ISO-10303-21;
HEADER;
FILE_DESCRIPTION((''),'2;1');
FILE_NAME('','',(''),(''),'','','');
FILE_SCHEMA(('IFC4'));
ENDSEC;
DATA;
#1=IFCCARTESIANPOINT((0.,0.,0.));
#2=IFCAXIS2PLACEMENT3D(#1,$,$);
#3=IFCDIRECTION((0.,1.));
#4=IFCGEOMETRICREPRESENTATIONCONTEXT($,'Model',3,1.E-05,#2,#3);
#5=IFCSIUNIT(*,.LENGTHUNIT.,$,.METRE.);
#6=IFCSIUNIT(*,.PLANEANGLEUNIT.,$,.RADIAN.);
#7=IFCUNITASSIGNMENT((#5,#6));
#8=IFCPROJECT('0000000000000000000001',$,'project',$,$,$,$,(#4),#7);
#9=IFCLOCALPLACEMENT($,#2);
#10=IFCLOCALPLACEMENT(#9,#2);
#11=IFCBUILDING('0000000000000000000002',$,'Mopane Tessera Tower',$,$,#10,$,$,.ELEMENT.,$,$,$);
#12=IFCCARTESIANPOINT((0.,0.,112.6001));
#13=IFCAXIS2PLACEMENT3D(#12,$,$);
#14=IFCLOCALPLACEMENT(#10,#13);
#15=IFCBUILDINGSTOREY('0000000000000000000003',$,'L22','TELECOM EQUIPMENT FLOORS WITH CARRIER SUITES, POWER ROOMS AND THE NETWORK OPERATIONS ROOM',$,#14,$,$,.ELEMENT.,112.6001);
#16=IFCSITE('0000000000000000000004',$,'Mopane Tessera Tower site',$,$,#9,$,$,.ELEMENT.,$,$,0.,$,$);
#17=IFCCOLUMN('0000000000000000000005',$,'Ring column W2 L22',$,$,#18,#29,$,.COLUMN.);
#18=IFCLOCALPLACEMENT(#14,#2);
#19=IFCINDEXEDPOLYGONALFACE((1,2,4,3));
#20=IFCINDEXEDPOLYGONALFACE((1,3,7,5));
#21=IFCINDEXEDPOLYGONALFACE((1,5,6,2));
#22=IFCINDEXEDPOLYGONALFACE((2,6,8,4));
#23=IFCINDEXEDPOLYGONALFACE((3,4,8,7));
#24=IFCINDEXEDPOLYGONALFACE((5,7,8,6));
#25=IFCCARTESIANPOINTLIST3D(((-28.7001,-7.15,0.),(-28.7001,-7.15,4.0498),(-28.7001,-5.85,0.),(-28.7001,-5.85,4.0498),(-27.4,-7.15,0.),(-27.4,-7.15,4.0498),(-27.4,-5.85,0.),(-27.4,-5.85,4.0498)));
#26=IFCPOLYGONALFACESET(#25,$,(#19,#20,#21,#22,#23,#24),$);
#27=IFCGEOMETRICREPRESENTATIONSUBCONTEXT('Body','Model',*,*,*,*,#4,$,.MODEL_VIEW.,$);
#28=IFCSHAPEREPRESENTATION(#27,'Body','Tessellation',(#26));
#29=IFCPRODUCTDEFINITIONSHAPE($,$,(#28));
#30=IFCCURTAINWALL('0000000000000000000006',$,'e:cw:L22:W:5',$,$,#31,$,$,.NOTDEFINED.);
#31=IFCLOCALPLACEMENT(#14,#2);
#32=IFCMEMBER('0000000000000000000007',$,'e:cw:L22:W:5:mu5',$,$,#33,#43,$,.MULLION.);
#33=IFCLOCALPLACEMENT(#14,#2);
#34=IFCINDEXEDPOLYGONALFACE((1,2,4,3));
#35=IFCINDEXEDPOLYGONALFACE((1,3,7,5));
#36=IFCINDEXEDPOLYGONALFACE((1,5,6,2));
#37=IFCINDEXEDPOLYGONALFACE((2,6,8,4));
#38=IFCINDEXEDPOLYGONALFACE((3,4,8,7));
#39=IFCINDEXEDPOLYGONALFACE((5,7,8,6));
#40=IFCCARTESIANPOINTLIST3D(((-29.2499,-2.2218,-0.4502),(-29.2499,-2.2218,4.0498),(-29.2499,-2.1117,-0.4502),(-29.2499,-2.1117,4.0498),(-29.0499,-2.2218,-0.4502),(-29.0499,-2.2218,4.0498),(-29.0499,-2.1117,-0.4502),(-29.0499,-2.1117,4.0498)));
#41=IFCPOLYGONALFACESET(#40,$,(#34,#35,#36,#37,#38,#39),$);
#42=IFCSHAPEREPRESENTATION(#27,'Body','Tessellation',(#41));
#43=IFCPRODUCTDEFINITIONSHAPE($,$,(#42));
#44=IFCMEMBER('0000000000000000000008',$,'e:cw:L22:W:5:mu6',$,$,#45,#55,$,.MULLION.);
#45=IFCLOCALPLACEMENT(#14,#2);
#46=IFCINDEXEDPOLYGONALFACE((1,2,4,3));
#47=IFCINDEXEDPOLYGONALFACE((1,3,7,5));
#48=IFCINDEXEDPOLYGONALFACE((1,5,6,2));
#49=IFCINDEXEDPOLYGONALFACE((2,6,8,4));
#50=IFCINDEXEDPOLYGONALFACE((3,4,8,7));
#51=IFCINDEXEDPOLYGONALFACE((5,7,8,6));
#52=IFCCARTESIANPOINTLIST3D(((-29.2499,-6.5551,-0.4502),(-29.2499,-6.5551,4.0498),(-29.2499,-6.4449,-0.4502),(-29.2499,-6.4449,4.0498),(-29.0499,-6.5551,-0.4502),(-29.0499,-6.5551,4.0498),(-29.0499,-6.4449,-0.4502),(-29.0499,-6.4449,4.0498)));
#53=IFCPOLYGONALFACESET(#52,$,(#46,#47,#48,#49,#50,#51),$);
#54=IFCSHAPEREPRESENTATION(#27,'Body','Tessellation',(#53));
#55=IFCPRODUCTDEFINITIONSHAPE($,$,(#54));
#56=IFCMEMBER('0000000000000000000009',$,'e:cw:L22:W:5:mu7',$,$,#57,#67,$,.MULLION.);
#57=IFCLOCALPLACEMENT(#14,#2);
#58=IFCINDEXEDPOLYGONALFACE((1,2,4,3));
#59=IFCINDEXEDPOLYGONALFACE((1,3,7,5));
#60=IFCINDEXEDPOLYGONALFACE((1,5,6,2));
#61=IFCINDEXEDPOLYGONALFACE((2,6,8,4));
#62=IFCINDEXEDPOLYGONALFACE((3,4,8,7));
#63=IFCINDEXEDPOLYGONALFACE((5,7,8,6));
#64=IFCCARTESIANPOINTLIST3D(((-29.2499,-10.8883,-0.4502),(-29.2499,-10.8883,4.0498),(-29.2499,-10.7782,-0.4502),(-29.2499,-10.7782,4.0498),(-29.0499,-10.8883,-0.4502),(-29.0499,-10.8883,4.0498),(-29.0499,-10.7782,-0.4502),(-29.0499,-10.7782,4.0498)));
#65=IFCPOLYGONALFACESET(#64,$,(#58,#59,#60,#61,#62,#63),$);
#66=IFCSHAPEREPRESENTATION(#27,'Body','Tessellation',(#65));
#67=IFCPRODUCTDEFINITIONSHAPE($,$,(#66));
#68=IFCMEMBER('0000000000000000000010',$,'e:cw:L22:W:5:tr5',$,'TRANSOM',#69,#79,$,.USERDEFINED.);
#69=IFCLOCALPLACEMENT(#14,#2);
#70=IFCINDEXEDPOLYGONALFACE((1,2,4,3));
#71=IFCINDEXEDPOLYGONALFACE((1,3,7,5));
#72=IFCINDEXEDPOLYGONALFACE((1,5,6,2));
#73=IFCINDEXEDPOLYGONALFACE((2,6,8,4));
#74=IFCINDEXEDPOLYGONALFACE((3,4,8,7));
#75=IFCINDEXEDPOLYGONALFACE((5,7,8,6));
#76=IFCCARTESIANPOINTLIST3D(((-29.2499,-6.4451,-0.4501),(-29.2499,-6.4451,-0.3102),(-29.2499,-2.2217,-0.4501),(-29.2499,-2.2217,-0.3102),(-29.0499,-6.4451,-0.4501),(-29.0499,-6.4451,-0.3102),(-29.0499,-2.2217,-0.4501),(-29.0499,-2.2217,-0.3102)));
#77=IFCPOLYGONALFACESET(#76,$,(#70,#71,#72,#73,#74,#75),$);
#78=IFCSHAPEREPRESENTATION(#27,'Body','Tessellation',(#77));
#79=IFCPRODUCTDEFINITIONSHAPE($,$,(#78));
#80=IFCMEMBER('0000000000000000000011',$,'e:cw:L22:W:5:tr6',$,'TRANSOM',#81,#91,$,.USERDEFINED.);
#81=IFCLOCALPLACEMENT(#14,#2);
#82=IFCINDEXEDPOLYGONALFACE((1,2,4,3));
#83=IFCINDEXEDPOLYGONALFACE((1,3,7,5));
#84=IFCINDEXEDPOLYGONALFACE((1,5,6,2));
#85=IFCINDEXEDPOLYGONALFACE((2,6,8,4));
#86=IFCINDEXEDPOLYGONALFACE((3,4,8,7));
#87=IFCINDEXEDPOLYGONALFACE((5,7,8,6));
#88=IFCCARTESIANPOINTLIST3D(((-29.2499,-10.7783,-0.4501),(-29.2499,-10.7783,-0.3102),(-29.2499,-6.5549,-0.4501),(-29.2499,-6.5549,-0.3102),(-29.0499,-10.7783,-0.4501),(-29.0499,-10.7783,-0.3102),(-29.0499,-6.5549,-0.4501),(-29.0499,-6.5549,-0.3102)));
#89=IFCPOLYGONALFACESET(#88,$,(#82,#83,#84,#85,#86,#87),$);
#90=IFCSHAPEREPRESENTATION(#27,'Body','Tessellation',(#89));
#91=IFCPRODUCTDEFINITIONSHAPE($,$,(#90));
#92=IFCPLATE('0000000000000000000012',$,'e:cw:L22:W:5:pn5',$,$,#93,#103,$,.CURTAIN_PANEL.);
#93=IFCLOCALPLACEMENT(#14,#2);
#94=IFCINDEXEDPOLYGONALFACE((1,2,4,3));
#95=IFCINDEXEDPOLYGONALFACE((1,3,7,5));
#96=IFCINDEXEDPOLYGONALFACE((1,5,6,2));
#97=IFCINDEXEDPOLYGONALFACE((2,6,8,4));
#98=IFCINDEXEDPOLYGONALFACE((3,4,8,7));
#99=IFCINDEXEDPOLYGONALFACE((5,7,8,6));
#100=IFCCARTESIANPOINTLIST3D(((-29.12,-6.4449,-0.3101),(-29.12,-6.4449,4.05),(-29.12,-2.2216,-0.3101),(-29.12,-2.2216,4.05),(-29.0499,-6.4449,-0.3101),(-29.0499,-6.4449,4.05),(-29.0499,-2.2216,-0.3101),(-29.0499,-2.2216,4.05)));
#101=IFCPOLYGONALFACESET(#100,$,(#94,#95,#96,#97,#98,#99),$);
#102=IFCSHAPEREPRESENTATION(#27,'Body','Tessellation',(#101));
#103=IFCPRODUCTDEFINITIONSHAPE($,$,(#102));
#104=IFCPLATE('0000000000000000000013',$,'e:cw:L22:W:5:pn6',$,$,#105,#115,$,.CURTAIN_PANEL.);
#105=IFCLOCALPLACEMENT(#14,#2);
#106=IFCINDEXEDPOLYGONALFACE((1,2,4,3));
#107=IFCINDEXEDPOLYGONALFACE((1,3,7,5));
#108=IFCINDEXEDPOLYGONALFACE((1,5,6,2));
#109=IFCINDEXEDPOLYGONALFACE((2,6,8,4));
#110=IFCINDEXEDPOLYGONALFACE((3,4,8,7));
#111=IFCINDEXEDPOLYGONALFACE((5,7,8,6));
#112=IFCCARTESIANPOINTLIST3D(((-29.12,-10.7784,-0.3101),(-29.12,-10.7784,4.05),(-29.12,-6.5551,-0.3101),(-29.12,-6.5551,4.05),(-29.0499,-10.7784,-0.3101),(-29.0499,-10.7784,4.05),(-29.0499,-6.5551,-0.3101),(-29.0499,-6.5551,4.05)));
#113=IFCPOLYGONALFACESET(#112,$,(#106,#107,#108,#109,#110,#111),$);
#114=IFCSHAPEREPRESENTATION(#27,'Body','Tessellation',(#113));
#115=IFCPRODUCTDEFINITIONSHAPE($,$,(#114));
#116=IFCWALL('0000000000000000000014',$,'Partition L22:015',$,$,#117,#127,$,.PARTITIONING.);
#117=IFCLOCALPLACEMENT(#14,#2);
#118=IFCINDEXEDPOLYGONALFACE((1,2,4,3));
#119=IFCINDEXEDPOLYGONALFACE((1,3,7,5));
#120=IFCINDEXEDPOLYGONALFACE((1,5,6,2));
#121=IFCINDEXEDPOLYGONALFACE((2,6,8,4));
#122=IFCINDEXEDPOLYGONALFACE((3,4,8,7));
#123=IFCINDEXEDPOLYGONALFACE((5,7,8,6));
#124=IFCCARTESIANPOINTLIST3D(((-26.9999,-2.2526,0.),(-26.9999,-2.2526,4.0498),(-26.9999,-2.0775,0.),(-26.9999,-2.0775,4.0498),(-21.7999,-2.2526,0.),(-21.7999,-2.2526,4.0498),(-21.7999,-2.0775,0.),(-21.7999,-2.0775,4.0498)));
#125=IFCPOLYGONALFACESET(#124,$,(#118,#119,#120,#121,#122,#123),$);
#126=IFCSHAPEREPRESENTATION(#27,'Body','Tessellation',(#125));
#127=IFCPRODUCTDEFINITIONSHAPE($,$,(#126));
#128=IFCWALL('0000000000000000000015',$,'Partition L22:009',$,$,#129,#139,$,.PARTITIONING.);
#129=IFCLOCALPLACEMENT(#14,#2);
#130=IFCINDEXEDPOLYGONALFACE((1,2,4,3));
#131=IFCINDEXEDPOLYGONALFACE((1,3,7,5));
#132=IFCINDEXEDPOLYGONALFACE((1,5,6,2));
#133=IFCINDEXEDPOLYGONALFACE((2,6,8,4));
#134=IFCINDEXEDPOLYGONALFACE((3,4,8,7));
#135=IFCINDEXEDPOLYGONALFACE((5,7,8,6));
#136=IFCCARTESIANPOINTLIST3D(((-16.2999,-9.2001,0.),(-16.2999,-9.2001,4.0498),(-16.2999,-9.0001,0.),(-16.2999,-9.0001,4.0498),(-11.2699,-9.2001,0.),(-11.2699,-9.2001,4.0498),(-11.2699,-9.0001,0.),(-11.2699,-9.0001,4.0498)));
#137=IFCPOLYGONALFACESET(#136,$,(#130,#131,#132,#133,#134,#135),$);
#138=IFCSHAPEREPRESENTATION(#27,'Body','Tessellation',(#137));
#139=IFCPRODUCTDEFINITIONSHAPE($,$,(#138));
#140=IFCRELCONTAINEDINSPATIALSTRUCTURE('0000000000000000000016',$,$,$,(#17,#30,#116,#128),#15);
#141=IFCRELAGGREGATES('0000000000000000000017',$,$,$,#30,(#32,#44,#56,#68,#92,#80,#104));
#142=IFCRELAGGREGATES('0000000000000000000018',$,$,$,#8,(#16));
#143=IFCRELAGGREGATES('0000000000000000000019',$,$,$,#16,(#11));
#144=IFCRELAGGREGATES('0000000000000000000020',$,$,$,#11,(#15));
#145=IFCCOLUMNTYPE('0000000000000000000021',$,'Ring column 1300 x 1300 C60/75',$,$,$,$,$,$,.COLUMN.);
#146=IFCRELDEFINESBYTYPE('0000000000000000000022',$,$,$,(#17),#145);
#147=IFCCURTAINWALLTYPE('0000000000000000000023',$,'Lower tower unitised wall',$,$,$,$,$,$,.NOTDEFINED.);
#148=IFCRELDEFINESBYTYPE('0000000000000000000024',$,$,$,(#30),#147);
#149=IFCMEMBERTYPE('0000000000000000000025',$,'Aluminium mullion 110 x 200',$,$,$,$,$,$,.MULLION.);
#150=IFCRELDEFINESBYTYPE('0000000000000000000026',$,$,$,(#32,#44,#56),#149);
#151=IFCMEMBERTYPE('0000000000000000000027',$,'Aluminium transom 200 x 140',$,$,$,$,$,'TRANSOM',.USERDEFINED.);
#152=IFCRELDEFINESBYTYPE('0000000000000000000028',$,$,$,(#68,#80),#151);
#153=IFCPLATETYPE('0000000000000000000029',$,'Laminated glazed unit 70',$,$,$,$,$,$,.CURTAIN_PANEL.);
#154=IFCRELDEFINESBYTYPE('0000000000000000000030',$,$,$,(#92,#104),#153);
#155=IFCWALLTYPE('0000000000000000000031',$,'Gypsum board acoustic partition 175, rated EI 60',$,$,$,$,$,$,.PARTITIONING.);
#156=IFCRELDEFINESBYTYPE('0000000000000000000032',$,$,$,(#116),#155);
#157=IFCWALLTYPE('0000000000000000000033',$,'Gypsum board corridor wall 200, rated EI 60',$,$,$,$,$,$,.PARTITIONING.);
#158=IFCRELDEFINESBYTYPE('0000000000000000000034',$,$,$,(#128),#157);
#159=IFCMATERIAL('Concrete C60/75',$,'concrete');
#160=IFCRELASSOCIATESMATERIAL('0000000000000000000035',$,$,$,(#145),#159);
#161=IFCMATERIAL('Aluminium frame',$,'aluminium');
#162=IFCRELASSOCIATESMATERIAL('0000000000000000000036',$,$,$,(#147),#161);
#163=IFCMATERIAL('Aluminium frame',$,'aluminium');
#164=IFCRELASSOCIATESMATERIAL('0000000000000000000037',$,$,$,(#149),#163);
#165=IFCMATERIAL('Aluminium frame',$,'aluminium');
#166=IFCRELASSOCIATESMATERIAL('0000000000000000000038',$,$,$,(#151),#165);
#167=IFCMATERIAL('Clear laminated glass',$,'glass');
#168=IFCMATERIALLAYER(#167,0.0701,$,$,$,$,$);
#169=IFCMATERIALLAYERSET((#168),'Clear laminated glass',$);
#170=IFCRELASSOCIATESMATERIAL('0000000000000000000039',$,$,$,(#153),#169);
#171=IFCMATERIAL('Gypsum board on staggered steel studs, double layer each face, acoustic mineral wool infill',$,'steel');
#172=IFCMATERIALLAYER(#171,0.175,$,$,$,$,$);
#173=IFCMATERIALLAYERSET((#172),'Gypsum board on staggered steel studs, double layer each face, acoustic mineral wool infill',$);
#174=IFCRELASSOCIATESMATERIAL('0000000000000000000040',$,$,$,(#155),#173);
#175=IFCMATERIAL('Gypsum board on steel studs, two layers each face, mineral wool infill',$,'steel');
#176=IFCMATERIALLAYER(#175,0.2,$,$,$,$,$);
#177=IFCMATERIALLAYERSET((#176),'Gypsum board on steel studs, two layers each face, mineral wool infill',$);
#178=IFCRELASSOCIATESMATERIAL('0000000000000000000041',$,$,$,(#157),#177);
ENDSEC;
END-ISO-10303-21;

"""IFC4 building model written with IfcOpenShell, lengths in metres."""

from ifc_helpers import new_model, si_unit, direction, frame, frame_2d, origin, origin_2d, place, context, subcontext, project, spatial, rectangle, extrude, material, layer, layer_set, material_profile, profile_set, type_object, element, aggregate, save


model = new_model("IFC4")

# Units and contexts
model_context = context("Model", 3, precision=1e-05, world=origin(), true_north=direction((0.0, 1.0)))
body_context = subcontext(model_context, "Body", "Model", "MODEL_VIEW")
ifc_project = project(units=[si_unit("LENGTHUNIT", "METRE"), si_unit("PLANEANGLEUNIT", "RADIAN")], contexts=[model_context])

# Site, building, storey
site_placement = place(None, origin())
site = spatial("IfcSite", under=ifc_project, at=site_placement, Name="Mopane Tessera Tower site", CompositionType="ELEMENT", RefElevation=0.0)
building_placement = place(site_placement, origin())
building = spatial("IfcBuilding", under=site, at=building_placement, Name="Mopane Tessera Tower", CompositionType="ELEMENT")
storey_placement = place(building_placement, frame((0.0, 0.0, 112.6001)))
storey = spatial("IfcBuildingStorey", under=building, at=storey_placement, Name="L22", Description="TELECOM EQUIPMENT FLOORS WITH CARRIER SUITES, POWER ROOMS AND THE NETWORK OPERATIONS ROOM", CompositionType="ELEMENT", Elevation=112.6001)

# Column
ifc_material_1 = material(Name="Concrete C60/75", Category="concrete")
ifc_material_profile_1 = material_profile(ifc_material_1, rectangle(XDim=1.3, YDim=1.3, at=origin_2d()))
ifc_profile_set_1 = profile_set([ifc_material_profile_1], Name="Concrete C60/75")
column_type = type_object("IfcColumnType", Name="Ring column 1300 x 1300 C60/75", PredefinedType="COLUMN", material=ifc_profile_set_1)
column_placement = place(storey_placement, frame((-28.05, -6.5, 0.0), z_axis=(0.0, 0.0, 1.0), x_axis=(1.0, 0.0, 0.0)))
element("IfcColumn", 1, at=column_placement, inside=storey, type_object=column_type, Name="Ring column W2 L22", PredefinedType="COLUMN", context=body_context, shape_type="SweptSolid", body=[
    extrude(rectangle(XDim=1.3, YDim=1.3, at=origin_2d()), origin(), (0.0, 0.0, 1.0), 4.0498),
])

# Curtain wall, members, plates
ifc_material_2 = material(Name="Aluminium frame", Category="aluminium")
curtain_wall_type = type_object("IfcCurtainWallType", Name="Lower tower unitised wall", PredefinedType="NOTDEFINED", material=ifc_material_2)
curtain_wall_placement = place(storey_placement, origin())
curtain_wall = element("IfcCurtainWall", 2, at=curtain_wall_placement, inside=storey, type_object=curtain_wall_type, Name="e:cw:L22:W:5", PredefinedType="NOTDEFINED")
ifc_material_3 = material(Name="Aluminium frame", Category="aluminium")
ifc_material_profile_2 = material_profile(ifc_material_3, rectangle(XDim=0.1101, YDim=0.2, at=origin_2d()))
ifc_profile_set_2 = profile_set([ifc_material_profile_2], Name="Aluminium frame")
member_type_1 = type_object("IfcMemberType", Name="Aluminium mullion 110 x 200", PredefinedType="MULLION", material=ifc_profile_set_2)
member_1_placement = place(storey_placement, frame((-29.1499, -2.1667, -0.4502), z_axis=(0.0, 0.0, 1.0), x_axis=(0.0, -1.0, 0.0)))
member_1 = element("IfcMember", 3, at=member_1_placement, type_object=member_type_1, Name="e:cw:L22:W:5:mu5", PredefinedType="MULLION", context=body_context, shape_type="SweptSolid", body=[
    extrude(rectangle(XDim=0.1101, YDim=0.2, at=origin_2d()), origin(), (0.0, 0.0, 1.0), 4.5),
])
member_2_placement = place(storey_placement, frame((-29.1499, -6.5, -0.4502), z_axis=(0.0, 0.0, 1.0), x_axis=(0.0, -1.0, 0.0)))
member_2 = element("IfcMember", 4, at=member_2_placement, type_object=member_type_1, Name="e:cw:L22:W:5:mu6", PredefinedType="MULLION", context=body_context, shape_type="SweptSolid", body=[
    extrude(rectangle(XDim=0.1101, YDim=0.2, at=origin_2d()), origin(), (0.0, 0.0, 1.0), 4.5),
])
member_3_placement = place(storey_placement, frame((-29.1499, -10.8333, -0.4502), z_axis=(0.0, 0.0, 1.0), x_axis=(0.0, -1.0, 0.0)))
member_3 = element("IfcMember", 5, at=member_3_placement, type_object=member_type_1, Name="e:cw:L22:W:5:mu7", PredefinedType="MULLION", context=body_context, shape_type="SweptSolid", body=[
    extrude(rectangle(XDim=0.1101, YDim=0.2, at=origin_2d()), origin(), (0.0, 0.0, 1.0), 4.5),
])
ifc_material_4 = material(Name="Aluminium frame", Category="aluminium")
ifc_material_profile_3 = material_profile(ifc_material_4, rectangle(XDim=0.2, YDim=0.1399, at=origin_2d()))
ifc_profile_set_3 = profile_set([ifc_material_profile_3], Name="Aluminium frame")
member_type_2 = type_object("IfcMemberType", Name="Aluminium transom 200 x 140", ElementType="TRANSOM", PredefinedType="USERDEFINED", material=ifc_profile_set_3)
member_4_placement = place(storey_placement, frame((-29.1499, -2.2217, -0.3801), z_axis=(0.0, -1.0, 0.0), x_axis=(1.0, 0.0, 0.0)))
member_4 = element("IfcMember", 6, at=member_4_placement, type_object=member_type_2, Name="e:cw:L22:W:5:tr5", ObjectType="TRANSOM", PredefinedType="USERDEFINED", context=body_context, shape_type="SweptSolid", body=[
    extrude(rectangle(XDim=0.2, YDim=0.1399, at=origin_2d()), origin(), (0.0, 0.0, 1.0), 4.2234),
])
member_5_placement = place(storey_placement, frame((-29.1499, -6.5549, -0.3801), z_axis=(0.0, -1.0, 0.0), x_axis=(1.0, 0.0, 0.0)))
member_5 = element("IfcMember", 7, at=member_5_placement, type_object=member_type_2, Name="e:cw:L22:W:5:tr6", ObjectType="TRANSOM", PredefinedType="USERDEFINED", context=body_context, shape_type="SweptSolid", body=[
    extrude(rectangle(XDim=0.2, YDim=0.1399, at=origin_2d()), origin(), (0.0, 0.0, 1.0), 4.2234),
])
ifc_material_5 = material(Name="Clear laminated glass", Category="glass")
ifc_layer_1 = layer(ifc_material_5, 0.0701)
ifc_layer_set_1 = layer_set([ifc_layer_1], Name="Clear laminated glass")
plate_type = type_object("IfcPlateType", Name="Laminated glazed unit 70", PredefinedType="CURTAIN_PANEL", material=ifc_layer_set_1)
plate_1_placement = place(storey_placement, frame((-29.085, -4.3333, -0.3101), z_axis=(0.0, 0.0, 1.0), x_axis=(0.0, -1.0, 0.0)))
plate_1 = element("IfcPlate", 8, at=plate_1_placement, type_object=plate_type, Name="e:cw:L22:W:5:pn5", PredefinedType="CURTAIN_PANEL", context=body_context, shape_type="SweptSolid", body=[
    extrude(rectangle(XDim=4.2234, YDim=0.0701, at=origin_2d()), origin(), (0.0, 0.0, 1.0), 4.3601),
])
plate_2_placement = place(storey_placement, frame((-29.085, -8.6667, -0.3101), z_axis=(0.0, 0.0, 1.0), x_axis=(0.0, -1.0, 0.0)))
plate_2 = element("IfcPlate", 9, at=plate_2_placement, type_object=plate_type, Name="e:cw:L22:W:5:pn6", PredefinedType="CURTAIN_PANEL", context=body_context, shape_type="SweptSolid", body=[
    extrude(rectangle(XDim=4.2234, YDim=0.0701, at=origin_2d()), origin(), (0.0, 0.0, 1.0), 4.3601),
])
aggregate(curtain_wall, [member_1, member_2, member_3, member_4, plate_1, member_5, plate_2])

# Walls
ifc_material_6 = material(Name="Gypsum board on staggered steel studs, double layer each face, acoustic mineral wool infill", Category="steel")
ifc_layer_2 = layer(ifc_material_6, 0.175)
ifc_layer_set_2 = layer_set([ifc_layer_2], Name="Gypsum board on staggered steel studs, double layer each face, acoustic mineral wool infill")
wall_type_1 = type_object("IfcWallType", Name="Gypsum board acoustic partition 175, rated EI 60", PredefinedType="PARTITIONING", material=ifc_layer_set_2)
wall_1_placement = place(storey_placement, frame((-27.0, -2.165, 0.0), z_axis=(0.0, 0.0, 1.0), x_axis=(1.0, 0.0, 0.0)))
element("IfcWall", 10, at=wall_1_placement, inside=storey, type_object=wall_type_1, Name="Partition L22:015", PredefinedType="PARTITIONING", context=body_context, shape_type="SweptSolid", body=[
    extrude(rectangle(XDim=5.2, YDim=0.175, at=frame_2d((2.6001, 0.0))), origin(), (0.0, 0.0, 1.0), 4.0498),
])
ifc_material_7 = material(Name="Gypsum board on steel studs, two layers each face, mineral wool infill", Category="steel")
ifc_layer_3 = layer(ifc_material_7, 0.2)
ifc_layer_set_3 = layer_set([ifc_layer_3], Name="Gypsum board on steel studs, two layers each face, mineral wool infill")
wall_type_2 = type_object("IfcWallType", Name="Gypsum board corridor wall 200, rated EI 60", PredefinedType="PARTITIONING", material=ifc_layer_set_3)
wall_2_placement = place(storey_placement, frame((-16.3, -9.1001, 0.0), z_axis=(0.0, 0.0, 1.0), x_axis=(1.0, 0.0, 0.0)))
element("IfcWall", 11, at=wall_2_placement, inside=storey, type_object=wall_type_2, Name="Partition L22:009", PredefinedType="PARTITIONING", context=body_context, shape_type="SweptSolid", body=[
    extrude(rectangle(XDim=5.03, YDim=0.2, at=frame_2d((2.5151, 0.0))), origin(), (0.0, 0.0, 1.0), 4.0498),
])

save(model, "model.ifc")
